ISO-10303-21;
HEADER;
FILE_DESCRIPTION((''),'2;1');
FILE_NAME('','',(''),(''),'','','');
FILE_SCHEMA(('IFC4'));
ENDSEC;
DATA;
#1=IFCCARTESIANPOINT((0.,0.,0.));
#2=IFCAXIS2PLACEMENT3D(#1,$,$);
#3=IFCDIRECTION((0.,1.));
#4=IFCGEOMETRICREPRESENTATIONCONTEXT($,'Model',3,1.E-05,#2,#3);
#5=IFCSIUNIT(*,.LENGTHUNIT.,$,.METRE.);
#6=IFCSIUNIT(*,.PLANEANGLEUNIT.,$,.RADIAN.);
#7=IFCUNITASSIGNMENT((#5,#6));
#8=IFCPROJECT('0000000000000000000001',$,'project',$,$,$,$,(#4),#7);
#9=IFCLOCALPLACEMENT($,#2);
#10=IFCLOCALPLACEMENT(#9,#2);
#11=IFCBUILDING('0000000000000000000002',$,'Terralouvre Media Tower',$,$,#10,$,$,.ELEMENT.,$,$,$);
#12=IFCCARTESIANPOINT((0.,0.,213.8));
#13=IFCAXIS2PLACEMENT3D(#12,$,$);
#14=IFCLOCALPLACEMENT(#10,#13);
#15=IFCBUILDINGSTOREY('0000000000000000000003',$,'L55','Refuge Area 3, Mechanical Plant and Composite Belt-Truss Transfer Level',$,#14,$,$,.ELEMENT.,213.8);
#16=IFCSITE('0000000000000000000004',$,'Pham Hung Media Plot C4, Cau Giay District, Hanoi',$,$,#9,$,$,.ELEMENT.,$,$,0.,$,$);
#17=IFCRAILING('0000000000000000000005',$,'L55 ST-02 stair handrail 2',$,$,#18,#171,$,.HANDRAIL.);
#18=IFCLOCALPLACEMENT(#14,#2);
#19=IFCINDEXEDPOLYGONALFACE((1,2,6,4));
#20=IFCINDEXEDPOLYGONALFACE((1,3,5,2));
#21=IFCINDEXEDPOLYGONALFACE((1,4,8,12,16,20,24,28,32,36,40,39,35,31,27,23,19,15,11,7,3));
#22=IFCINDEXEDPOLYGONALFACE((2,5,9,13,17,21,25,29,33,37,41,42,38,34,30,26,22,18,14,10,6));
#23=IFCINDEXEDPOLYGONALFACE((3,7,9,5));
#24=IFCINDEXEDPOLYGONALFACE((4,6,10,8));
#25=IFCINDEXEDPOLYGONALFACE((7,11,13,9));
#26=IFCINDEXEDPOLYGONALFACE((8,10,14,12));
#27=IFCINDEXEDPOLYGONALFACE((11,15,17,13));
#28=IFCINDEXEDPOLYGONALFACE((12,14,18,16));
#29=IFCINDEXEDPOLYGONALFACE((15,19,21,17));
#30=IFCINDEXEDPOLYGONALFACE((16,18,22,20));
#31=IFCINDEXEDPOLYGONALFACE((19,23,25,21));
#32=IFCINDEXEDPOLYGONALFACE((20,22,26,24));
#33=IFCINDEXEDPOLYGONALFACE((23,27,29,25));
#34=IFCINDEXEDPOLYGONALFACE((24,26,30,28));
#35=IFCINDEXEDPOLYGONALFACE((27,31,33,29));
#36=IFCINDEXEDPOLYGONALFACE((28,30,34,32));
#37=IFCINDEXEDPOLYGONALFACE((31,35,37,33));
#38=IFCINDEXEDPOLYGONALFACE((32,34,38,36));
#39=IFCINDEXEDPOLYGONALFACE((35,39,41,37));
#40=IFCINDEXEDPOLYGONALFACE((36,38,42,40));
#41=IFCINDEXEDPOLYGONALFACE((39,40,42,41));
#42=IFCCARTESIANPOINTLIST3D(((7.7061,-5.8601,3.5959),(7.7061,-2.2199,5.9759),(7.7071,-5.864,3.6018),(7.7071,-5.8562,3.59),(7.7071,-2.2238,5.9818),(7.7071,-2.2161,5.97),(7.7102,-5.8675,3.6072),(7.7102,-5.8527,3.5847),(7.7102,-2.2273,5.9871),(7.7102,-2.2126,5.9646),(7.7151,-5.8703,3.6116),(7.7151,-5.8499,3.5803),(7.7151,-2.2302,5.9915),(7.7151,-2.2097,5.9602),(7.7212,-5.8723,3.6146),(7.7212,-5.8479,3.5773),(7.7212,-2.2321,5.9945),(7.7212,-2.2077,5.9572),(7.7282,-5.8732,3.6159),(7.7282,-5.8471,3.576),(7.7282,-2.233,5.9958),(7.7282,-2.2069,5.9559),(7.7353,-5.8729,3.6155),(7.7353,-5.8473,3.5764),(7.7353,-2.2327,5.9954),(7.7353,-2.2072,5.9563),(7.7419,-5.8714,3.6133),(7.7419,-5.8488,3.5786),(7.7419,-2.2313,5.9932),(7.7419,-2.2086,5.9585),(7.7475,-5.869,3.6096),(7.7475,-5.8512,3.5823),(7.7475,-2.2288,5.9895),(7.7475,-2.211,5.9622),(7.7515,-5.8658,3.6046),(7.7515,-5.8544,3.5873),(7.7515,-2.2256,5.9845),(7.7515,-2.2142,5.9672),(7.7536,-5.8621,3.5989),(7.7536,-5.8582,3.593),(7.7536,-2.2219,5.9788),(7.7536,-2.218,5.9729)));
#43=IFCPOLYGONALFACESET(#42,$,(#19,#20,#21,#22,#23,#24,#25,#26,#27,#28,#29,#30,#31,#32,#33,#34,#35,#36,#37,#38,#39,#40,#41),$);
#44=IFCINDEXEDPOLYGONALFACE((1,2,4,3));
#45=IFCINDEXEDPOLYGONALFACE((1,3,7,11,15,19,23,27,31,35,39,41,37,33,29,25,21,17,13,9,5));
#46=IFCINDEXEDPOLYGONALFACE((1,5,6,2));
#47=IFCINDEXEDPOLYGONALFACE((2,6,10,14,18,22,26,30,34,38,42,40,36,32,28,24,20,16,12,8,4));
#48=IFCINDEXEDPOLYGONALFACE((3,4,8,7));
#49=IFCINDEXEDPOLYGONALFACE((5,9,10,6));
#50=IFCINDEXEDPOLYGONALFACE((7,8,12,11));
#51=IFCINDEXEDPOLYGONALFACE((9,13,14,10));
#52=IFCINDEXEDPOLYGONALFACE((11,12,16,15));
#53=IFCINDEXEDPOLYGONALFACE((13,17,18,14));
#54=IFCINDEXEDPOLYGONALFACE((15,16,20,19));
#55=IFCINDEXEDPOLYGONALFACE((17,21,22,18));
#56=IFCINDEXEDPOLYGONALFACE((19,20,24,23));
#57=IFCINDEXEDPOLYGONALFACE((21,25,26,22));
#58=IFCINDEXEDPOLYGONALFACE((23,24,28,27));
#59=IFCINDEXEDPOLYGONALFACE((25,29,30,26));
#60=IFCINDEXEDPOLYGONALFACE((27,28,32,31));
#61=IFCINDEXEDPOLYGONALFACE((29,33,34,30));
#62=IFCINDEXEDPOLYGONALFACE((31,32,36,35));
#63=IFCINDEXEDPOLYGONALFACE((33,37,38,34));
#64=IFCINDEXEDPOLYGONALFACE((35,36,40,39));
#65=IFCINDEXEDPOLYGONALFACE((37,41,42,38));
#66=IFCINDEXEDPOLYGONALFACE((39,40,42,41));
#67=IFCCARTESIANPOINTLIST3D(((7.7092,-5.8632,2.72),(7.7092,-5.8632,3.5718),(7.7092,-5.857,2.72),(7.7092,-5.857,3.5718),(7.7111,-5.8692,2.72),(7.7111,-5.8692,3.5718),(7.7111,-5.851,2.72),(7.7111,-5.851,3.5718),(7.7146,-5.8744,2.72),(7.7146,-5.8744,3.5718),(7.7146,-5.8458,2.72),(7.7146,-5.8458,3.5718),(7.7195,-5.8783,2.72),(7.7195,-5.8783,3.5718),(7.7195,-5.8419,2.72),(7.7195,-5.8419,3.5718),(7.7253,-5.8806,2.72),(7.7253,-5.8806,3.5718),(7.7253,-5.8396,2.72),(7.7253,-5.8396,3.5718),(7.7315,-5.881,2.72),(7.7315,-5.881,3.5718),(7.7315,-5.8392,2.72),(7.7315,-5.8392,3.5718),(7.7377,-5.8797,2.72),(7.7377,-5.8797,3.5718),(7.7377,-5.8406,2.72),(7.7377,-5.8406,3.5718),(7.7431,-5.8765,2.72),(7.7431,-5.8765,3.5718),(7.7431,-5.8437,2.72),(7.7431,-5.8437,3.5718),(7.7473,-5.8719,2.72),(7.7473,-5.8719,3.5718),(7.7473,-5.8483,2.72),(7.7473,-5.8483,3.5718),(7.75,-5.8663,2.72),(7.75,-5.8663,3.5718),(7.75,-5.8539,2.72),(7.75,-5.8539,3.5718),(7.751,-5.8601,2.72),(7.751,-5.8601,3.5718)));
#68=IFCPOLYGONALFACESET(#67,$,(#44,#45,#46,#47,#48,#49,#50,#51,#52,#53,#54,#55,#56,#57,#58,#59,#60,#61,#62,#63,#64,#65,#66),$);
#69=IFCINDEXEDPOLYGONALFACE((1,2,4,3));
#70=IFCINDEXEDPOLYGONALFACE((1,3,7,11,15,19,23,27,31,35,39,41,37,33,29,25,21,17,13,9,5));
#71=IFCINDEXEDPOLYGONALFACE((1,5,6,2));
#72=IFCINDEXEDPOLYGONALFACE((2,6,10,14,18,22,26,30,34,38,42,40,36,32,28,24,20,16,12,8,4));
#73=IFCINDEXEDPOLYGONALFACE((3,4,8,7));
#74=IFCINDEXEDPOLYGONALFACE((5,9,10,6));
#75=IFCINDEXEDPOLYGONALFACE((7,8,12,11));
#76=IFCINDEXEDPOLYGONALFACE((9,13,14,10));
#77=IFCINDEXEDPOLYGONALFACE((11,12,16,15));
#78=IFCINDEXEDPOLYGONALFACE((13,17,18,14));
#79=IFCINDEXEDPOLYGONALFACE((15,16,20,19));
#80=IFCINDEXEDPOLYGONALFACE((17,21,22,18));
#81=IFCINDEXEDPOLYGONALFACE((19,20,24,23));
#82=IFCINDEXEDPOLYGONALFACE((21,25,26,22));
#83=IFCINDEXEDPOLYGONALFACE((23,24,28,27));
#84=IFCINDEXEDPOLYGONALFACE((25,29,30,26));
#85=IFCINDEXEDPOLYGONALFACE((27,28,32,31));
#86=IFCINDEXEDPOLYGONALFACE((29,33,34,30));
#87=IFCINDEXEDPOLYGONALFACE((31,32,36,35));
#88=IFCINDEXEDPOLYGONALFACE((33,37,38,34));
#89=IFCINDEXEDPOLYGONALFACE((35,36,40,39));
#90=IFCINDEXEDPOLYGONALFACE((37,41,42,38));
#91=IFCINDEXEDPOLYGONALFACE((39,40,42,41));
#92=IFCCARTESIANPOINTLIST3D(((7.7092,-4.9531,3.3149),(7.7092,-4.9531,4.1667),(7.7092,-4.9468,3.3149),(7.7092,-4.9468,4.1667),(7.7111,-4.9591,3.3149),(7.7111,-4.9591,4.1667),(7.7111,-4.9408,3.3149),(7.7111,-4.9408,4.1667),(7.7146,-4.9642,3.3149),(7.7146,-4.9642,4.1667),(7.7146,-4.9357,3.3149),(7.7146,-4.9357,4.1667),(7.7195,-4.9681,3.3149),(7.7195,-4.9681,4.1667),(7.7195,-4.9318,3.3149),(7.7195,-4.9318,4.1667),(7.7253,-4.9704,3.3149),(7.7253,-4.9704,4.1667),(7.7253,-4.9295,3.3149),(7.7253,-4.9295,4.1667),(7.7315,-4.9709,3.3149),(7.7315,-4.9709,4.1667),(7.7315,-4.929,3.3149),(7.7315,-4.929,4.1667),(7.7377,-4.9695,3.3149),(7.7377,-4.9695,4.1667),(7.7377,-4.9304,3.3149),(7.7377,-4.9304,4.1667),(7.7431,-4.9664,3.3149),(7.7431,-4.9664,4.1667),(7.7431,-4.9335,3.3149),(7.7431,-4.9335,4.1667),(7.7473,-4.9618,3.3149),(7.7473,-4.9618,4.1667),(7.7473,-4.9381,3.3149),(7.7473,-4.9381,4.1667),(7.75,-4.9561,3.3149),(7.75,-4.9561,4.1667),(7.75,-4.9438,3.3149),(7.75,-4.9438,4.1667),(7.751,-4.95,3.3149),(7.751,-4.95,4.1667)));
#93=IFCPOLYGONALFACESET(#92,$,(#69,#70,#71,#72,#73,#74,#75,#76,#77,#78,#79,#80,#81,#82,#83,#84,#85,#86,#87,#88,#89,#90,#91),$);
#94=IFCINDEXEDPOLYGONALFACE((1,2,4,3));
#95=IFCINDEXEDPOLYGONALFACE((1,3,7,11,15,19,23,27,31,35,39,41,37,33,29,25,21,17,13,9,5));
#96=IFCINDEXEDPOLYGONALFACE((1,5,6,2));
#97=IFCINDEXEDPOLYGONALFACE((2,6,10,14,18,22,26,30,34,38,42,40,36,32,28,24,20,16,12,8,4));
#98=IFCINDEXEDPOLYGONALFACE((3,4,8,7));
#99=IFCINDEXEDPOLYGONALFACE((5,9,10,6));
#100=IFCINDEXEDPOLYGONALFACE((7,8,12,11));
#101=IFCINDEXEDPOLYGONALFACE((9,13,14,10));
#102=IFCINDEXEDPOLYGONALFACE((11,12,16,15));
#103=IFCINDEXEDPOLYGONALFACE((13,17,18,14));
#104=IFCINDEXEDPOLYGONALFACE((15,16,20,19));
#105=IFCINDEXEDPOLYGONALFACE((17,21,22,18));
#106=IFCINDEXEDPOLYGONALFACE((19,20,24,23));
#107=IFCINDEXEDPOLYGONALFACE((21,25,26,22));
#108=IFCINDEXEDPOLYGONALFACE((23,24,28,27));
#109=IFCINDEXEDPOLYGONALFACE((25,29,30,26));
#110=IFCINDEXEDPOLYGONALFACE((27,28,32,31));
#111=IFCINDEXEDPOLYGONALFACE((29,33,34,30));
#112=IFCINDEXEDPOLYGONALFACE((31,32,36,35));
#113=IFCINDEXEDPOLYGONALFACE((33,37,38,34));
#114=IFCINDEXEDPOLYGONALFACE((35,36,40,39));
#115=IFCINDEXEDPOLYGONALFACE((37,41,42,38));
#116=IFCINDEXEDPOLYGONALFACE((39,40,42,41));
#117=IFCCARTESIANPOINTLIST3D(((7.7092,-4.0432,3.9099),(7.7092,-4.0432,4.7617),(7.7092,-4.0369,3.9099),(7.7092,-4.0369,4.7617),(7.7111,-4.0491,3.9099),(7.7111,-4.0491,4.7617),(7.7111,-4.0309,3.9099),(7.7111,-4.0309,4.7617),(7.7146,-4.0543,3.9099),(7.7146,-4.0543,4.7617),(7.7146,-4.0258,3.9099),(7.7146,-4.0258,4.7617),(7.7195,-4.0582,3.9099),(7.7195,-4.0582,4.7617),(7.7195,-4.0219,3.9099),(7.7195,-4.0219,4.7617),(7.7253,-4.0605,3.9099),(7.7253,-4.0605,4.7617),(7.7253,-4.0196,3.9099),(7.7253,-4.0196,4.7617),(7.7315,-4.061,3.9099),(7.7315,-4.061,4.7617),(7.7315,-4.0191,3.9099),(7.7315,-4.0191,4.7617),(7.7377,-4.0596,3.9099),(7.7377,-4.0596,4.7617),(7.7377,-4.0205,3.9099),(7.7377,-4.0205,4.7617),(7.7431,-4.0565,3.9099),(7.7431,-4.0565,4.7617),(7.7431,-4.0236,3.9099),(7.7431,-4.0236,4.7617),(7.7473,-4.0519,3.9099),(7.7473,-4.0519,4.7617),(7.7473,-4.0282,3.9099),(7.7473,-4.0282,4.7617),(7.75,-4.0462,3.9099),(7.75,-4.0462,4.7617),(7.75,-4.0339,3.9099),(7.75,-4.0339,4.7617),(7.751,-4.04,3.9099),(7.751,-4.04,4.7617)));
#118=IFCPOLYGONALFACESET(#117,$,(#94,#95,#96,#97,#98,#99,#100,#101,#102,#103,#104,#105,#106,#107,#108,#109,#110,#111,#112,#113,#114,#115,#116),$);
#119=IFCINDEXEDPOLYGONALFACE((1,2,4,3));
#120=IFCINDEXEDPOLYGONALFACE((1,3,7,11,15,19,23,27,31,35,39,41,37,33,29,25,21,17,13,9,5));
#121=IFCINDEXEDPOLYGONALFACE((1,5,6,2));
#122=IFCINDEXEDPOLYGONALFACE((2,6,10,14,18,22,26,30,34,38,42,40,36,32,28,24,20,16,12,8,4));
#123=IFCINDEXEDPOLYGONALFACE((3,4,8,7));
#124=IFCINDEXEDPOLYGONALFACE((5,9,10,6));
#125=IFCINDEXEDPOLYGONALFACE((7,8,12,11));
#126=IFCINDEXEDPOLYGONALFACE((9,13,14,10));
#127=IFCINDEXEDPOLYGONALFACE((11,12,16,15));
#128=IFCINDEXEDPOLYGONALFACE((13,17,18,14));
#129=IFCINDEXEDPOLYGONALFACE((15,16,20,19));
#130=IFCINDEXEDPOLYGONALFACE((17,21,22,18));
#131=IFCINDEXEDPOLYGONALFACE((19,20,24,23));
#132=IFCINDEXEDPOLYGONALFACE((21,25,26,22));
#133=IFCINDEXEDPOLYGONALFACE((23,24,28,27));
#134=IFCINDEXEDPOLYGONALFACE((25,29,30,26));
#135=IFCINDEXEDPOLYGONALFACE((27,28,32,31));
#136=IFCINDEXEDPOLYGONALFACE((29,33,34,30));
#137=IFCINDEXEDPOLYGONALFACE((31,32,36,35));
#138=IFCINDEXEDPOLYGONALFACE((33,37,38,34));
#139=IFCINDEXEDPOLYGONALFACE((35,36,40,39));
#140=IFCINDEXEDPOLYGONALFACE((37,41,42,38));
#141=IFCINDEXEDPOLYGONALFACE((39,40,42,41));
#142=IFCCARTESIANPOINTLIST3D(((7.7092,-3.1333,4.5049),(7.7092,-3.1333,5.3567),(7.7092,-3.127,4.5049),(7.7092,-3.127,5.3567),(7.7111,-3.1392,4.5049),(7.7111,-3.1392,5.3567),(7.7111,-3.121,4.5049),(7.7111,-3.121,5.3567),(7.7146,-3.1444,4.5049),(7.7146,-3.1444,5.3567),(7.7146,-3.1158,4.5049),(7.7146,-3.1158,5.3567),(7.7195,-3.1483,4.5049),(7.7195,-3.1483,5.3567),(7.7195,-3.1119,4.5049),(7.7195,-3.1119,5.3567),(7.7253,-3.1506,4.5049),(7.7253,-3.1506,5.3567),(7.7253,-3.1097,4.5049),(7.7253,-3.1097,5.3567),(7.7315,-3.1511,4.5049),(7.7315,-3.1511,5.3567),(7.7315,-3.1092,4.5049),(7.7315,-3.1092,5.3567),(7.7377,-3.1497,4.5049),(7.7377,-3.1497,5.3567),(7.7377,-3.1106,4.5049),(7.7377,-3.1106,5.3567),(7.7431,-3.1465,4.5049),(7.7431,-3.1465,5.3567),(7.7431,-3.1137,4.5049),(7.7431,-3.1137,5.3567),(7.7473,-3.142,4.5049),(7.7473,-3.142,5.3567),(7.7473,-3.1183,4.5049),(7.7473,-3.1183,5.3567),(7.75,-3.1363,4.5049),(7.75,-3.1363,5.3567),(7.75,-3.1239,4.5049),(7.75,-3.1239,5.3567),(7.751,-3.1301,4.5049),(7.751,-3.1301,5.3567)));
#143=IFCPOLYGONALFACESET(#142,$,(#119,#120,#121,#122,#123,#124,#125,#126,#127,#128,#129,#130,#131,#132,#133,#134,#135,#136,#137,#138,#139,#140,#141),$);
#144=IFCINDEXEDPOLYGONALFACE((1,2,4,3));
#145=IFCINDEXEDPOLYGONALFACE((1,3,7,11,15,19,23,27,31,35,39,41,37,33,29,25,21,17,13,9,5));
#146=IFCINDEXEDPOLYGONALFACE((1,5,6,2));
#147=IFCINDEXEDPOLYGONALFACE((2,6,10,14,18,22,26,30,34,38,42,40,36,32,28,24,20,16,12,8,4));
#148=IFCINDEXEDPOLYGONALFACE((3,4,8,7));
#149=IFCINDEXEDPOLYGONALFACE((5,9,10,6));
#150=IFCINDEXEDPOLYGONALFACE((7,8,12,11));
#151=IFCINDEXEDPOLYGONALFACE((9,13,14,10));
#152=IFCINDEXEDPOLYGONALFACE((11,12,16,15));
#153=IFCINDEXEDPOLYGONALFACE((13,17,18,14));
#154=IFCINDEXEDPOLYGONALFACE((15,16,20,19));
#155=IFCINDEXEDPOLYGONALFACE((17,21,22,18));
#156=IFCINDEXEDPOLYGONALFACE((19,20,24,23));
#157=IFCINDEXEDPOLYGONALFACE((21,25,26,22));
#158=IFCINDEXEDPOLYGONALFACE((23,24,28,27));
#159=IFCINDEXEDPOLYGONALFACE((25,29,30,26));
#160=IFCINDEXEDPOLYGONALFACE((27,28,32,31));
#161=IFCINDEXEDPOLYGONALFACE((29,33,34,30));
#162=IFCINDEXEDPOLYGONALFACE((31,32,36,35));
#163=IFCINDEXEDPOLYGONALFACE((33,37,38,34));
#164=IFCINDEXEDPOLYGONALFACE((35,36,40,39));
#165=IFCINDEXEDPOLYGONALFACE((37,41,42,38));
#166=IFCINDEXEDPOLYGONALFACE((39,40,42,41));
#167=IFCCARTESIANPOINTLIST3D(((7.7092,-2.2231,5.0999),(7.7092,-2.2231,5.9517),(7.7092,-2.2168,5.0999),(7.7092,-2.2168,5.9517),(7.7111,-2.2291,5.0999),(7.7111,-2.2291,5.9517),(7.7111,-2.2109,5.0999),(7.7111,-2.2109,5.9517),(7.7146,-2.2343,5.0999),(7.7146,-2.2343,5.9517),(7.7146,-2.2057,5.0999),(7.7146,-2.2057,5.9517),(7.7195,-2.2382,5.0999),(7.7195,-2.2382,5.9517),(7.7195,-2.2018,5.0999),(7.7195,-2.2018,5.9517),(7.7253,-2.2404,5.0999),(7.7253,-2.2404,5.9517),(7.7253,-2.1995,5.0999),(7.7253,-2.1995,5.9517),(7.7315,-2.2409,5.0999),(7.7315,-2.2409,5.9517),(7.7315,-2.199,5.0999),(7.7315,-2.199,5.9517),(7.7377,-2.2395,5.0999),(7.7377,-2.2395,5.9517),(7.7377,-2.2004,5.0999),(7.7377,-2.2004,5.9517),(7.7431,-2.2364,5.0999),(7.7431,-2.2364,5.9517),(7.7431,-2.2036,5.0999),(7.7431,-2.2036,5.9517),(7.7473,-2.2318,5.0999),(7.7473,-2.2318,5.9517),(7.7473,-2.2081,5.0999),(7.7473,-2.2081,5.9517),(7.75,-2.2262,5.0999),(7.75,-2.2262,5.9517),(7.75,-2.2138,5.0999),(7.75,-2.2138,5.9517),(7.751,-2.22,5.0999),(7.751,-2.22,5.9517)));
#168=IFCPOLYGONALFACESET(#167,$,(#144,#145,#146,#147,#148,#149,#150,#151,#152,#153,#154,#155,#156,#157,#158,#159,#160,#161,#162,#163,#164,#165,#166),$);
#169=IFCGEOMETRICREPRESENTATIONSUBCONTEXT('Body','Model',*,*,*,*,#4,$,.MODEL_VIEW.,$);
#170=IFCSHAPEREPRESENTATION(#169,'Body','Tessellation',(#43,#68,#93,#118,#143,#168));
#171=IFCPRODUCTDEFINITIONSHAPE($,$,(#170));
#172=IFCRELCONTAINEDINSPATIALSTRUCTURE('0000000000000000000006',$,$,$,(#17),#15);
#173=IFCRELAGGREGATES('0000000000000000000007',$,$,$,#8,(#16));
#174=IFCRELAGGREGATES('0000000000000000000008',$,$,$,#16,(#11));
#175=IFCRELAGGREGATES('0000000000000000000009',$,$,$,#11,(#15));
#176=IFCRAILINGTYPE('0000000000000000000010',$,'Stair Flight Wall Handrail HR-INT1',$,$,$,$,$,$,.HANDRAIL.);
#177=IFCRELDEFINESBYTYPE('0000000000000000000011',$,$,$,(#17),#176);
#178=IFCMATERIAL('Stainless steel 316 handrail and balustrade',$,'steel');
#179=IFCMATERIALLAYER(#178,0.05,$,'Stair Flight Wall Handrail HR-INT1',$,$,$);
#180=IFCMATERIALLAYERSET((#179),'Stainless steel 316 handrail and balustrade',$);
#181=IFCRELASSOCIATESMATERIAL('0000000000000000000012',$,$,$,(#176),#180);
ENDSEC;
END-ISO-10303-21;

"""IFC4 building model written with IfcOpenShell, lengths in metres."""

from ifc_helpers import new_model, si_unit, direction, frame, origin, origin_2d, place, context, subcontext, project, spatial, circle, extrude, material, layer, layer_set, type_object, element, save


model = new_model("IFC4")

# Units and contexts
model_context = context("Model", 3, precision=1e-05, world=origin(), true_north=direction((0.0, 1.0)))
body_context = subcontext(model_context, "Body", "Model", "MODEL_VIEW")
ifc_project = project(units=[si_unit("LENGTHUNIT", "METRE"), si_unit("PLANEANGLEUNIT", "RADIAN")], contexts=[model_context])

# Site, building, storey
site_placement = place(None, origin())
site = spatial("IfcSite", under=ifc_project, at=site_placement, Name="Pham Hung Media Plot C4, Cau Giay District, Hanoi", CompositionType="ELEMENT", RefElevation=0.0)
building_placement = place(site_placement, origin())
building = spatial("IfcBuilding", under=site, at=building_placement, Name="Terralouvre Media Tower", CompositionType="ELEMENT")
storey_placement = place(building_placement, frame((0.0, 0.0, 213.8)))
storey = spatial("IfcBuildingStorey", under=building, at=storey_placement, Name="L55", Description="Refuge Area 3, Mechanical Plant and Composite Belt-Truss Transfer Level", CompositionType="ELEMENT", Elevation=213.8)

# Railing
ifc_material_1 = material(Name="Stainless steel 316 handrail and balustrade", Category="steel")
ifc_layer_1 = layer(ifc_material_1, 0.05, Name="Stair Flight Wall Handrail HR-INT1")
ifc_layer_set_1 = layer_set([ifc_layer_1], Name="Stainless steel 316 handrail and balustrade")
railing_type_1 = type_object("IfcRailingType", Name="Stair Flight Wall Handrail HR-INT1", PredefinedType="HANDRAIL", material=ifc_layer_set_1)
railing_1_placement = place(storey_placement, frame((7.73, -5.8601, 2.72)))
element("IfcRailing", 1, at=railing_1_placement, inside=storey, type_object=railing_type_1, Name="L55 ST-02 stair handrail 2", PredefinedType="HANDRAIL", context=body_context, shape_type="SweptSolid", body=[
    extrude(circle(Radius=0.0239, at=origin_2d()), frame((0.0, 0.0, 0.876), z_axis=(0.0, 0.836991, 0.547216), x_axis=(-1.0, 0.0, 0.0)), (0.0, 0.0, 1.0), 4.3491),
    extrude(circle(Radius=0.021, at=origin_2d()), origin(), (0.0, 0.0, 1.0), 0.8518),
    extrude(circle(Radius=0.021, at=origin_2d()), frame((0.0, 0.9102, 0.595)), (0.0, 0.0, 1.0), 0.8518),
    extrude(circle(Radius=0.021, at=origin_2d()), frame((0.0, 1.8201, 1.1899)), (0.0, 0.0, 1.0), 0.8518),
    extrude(circle(Radius=0.021, at=origin_2d()), frame((0.0, 2.73, 1.7849)), (0.0, 0.0, 1.0), 0.8518),
    extrude(circle(Radius=0.021, at=origin_2d()), frame((0.0, 3.6401, 2.3799)), (0.0, 0.0, 1.0), 0.8518),
])

save(model, "model.ifc")
